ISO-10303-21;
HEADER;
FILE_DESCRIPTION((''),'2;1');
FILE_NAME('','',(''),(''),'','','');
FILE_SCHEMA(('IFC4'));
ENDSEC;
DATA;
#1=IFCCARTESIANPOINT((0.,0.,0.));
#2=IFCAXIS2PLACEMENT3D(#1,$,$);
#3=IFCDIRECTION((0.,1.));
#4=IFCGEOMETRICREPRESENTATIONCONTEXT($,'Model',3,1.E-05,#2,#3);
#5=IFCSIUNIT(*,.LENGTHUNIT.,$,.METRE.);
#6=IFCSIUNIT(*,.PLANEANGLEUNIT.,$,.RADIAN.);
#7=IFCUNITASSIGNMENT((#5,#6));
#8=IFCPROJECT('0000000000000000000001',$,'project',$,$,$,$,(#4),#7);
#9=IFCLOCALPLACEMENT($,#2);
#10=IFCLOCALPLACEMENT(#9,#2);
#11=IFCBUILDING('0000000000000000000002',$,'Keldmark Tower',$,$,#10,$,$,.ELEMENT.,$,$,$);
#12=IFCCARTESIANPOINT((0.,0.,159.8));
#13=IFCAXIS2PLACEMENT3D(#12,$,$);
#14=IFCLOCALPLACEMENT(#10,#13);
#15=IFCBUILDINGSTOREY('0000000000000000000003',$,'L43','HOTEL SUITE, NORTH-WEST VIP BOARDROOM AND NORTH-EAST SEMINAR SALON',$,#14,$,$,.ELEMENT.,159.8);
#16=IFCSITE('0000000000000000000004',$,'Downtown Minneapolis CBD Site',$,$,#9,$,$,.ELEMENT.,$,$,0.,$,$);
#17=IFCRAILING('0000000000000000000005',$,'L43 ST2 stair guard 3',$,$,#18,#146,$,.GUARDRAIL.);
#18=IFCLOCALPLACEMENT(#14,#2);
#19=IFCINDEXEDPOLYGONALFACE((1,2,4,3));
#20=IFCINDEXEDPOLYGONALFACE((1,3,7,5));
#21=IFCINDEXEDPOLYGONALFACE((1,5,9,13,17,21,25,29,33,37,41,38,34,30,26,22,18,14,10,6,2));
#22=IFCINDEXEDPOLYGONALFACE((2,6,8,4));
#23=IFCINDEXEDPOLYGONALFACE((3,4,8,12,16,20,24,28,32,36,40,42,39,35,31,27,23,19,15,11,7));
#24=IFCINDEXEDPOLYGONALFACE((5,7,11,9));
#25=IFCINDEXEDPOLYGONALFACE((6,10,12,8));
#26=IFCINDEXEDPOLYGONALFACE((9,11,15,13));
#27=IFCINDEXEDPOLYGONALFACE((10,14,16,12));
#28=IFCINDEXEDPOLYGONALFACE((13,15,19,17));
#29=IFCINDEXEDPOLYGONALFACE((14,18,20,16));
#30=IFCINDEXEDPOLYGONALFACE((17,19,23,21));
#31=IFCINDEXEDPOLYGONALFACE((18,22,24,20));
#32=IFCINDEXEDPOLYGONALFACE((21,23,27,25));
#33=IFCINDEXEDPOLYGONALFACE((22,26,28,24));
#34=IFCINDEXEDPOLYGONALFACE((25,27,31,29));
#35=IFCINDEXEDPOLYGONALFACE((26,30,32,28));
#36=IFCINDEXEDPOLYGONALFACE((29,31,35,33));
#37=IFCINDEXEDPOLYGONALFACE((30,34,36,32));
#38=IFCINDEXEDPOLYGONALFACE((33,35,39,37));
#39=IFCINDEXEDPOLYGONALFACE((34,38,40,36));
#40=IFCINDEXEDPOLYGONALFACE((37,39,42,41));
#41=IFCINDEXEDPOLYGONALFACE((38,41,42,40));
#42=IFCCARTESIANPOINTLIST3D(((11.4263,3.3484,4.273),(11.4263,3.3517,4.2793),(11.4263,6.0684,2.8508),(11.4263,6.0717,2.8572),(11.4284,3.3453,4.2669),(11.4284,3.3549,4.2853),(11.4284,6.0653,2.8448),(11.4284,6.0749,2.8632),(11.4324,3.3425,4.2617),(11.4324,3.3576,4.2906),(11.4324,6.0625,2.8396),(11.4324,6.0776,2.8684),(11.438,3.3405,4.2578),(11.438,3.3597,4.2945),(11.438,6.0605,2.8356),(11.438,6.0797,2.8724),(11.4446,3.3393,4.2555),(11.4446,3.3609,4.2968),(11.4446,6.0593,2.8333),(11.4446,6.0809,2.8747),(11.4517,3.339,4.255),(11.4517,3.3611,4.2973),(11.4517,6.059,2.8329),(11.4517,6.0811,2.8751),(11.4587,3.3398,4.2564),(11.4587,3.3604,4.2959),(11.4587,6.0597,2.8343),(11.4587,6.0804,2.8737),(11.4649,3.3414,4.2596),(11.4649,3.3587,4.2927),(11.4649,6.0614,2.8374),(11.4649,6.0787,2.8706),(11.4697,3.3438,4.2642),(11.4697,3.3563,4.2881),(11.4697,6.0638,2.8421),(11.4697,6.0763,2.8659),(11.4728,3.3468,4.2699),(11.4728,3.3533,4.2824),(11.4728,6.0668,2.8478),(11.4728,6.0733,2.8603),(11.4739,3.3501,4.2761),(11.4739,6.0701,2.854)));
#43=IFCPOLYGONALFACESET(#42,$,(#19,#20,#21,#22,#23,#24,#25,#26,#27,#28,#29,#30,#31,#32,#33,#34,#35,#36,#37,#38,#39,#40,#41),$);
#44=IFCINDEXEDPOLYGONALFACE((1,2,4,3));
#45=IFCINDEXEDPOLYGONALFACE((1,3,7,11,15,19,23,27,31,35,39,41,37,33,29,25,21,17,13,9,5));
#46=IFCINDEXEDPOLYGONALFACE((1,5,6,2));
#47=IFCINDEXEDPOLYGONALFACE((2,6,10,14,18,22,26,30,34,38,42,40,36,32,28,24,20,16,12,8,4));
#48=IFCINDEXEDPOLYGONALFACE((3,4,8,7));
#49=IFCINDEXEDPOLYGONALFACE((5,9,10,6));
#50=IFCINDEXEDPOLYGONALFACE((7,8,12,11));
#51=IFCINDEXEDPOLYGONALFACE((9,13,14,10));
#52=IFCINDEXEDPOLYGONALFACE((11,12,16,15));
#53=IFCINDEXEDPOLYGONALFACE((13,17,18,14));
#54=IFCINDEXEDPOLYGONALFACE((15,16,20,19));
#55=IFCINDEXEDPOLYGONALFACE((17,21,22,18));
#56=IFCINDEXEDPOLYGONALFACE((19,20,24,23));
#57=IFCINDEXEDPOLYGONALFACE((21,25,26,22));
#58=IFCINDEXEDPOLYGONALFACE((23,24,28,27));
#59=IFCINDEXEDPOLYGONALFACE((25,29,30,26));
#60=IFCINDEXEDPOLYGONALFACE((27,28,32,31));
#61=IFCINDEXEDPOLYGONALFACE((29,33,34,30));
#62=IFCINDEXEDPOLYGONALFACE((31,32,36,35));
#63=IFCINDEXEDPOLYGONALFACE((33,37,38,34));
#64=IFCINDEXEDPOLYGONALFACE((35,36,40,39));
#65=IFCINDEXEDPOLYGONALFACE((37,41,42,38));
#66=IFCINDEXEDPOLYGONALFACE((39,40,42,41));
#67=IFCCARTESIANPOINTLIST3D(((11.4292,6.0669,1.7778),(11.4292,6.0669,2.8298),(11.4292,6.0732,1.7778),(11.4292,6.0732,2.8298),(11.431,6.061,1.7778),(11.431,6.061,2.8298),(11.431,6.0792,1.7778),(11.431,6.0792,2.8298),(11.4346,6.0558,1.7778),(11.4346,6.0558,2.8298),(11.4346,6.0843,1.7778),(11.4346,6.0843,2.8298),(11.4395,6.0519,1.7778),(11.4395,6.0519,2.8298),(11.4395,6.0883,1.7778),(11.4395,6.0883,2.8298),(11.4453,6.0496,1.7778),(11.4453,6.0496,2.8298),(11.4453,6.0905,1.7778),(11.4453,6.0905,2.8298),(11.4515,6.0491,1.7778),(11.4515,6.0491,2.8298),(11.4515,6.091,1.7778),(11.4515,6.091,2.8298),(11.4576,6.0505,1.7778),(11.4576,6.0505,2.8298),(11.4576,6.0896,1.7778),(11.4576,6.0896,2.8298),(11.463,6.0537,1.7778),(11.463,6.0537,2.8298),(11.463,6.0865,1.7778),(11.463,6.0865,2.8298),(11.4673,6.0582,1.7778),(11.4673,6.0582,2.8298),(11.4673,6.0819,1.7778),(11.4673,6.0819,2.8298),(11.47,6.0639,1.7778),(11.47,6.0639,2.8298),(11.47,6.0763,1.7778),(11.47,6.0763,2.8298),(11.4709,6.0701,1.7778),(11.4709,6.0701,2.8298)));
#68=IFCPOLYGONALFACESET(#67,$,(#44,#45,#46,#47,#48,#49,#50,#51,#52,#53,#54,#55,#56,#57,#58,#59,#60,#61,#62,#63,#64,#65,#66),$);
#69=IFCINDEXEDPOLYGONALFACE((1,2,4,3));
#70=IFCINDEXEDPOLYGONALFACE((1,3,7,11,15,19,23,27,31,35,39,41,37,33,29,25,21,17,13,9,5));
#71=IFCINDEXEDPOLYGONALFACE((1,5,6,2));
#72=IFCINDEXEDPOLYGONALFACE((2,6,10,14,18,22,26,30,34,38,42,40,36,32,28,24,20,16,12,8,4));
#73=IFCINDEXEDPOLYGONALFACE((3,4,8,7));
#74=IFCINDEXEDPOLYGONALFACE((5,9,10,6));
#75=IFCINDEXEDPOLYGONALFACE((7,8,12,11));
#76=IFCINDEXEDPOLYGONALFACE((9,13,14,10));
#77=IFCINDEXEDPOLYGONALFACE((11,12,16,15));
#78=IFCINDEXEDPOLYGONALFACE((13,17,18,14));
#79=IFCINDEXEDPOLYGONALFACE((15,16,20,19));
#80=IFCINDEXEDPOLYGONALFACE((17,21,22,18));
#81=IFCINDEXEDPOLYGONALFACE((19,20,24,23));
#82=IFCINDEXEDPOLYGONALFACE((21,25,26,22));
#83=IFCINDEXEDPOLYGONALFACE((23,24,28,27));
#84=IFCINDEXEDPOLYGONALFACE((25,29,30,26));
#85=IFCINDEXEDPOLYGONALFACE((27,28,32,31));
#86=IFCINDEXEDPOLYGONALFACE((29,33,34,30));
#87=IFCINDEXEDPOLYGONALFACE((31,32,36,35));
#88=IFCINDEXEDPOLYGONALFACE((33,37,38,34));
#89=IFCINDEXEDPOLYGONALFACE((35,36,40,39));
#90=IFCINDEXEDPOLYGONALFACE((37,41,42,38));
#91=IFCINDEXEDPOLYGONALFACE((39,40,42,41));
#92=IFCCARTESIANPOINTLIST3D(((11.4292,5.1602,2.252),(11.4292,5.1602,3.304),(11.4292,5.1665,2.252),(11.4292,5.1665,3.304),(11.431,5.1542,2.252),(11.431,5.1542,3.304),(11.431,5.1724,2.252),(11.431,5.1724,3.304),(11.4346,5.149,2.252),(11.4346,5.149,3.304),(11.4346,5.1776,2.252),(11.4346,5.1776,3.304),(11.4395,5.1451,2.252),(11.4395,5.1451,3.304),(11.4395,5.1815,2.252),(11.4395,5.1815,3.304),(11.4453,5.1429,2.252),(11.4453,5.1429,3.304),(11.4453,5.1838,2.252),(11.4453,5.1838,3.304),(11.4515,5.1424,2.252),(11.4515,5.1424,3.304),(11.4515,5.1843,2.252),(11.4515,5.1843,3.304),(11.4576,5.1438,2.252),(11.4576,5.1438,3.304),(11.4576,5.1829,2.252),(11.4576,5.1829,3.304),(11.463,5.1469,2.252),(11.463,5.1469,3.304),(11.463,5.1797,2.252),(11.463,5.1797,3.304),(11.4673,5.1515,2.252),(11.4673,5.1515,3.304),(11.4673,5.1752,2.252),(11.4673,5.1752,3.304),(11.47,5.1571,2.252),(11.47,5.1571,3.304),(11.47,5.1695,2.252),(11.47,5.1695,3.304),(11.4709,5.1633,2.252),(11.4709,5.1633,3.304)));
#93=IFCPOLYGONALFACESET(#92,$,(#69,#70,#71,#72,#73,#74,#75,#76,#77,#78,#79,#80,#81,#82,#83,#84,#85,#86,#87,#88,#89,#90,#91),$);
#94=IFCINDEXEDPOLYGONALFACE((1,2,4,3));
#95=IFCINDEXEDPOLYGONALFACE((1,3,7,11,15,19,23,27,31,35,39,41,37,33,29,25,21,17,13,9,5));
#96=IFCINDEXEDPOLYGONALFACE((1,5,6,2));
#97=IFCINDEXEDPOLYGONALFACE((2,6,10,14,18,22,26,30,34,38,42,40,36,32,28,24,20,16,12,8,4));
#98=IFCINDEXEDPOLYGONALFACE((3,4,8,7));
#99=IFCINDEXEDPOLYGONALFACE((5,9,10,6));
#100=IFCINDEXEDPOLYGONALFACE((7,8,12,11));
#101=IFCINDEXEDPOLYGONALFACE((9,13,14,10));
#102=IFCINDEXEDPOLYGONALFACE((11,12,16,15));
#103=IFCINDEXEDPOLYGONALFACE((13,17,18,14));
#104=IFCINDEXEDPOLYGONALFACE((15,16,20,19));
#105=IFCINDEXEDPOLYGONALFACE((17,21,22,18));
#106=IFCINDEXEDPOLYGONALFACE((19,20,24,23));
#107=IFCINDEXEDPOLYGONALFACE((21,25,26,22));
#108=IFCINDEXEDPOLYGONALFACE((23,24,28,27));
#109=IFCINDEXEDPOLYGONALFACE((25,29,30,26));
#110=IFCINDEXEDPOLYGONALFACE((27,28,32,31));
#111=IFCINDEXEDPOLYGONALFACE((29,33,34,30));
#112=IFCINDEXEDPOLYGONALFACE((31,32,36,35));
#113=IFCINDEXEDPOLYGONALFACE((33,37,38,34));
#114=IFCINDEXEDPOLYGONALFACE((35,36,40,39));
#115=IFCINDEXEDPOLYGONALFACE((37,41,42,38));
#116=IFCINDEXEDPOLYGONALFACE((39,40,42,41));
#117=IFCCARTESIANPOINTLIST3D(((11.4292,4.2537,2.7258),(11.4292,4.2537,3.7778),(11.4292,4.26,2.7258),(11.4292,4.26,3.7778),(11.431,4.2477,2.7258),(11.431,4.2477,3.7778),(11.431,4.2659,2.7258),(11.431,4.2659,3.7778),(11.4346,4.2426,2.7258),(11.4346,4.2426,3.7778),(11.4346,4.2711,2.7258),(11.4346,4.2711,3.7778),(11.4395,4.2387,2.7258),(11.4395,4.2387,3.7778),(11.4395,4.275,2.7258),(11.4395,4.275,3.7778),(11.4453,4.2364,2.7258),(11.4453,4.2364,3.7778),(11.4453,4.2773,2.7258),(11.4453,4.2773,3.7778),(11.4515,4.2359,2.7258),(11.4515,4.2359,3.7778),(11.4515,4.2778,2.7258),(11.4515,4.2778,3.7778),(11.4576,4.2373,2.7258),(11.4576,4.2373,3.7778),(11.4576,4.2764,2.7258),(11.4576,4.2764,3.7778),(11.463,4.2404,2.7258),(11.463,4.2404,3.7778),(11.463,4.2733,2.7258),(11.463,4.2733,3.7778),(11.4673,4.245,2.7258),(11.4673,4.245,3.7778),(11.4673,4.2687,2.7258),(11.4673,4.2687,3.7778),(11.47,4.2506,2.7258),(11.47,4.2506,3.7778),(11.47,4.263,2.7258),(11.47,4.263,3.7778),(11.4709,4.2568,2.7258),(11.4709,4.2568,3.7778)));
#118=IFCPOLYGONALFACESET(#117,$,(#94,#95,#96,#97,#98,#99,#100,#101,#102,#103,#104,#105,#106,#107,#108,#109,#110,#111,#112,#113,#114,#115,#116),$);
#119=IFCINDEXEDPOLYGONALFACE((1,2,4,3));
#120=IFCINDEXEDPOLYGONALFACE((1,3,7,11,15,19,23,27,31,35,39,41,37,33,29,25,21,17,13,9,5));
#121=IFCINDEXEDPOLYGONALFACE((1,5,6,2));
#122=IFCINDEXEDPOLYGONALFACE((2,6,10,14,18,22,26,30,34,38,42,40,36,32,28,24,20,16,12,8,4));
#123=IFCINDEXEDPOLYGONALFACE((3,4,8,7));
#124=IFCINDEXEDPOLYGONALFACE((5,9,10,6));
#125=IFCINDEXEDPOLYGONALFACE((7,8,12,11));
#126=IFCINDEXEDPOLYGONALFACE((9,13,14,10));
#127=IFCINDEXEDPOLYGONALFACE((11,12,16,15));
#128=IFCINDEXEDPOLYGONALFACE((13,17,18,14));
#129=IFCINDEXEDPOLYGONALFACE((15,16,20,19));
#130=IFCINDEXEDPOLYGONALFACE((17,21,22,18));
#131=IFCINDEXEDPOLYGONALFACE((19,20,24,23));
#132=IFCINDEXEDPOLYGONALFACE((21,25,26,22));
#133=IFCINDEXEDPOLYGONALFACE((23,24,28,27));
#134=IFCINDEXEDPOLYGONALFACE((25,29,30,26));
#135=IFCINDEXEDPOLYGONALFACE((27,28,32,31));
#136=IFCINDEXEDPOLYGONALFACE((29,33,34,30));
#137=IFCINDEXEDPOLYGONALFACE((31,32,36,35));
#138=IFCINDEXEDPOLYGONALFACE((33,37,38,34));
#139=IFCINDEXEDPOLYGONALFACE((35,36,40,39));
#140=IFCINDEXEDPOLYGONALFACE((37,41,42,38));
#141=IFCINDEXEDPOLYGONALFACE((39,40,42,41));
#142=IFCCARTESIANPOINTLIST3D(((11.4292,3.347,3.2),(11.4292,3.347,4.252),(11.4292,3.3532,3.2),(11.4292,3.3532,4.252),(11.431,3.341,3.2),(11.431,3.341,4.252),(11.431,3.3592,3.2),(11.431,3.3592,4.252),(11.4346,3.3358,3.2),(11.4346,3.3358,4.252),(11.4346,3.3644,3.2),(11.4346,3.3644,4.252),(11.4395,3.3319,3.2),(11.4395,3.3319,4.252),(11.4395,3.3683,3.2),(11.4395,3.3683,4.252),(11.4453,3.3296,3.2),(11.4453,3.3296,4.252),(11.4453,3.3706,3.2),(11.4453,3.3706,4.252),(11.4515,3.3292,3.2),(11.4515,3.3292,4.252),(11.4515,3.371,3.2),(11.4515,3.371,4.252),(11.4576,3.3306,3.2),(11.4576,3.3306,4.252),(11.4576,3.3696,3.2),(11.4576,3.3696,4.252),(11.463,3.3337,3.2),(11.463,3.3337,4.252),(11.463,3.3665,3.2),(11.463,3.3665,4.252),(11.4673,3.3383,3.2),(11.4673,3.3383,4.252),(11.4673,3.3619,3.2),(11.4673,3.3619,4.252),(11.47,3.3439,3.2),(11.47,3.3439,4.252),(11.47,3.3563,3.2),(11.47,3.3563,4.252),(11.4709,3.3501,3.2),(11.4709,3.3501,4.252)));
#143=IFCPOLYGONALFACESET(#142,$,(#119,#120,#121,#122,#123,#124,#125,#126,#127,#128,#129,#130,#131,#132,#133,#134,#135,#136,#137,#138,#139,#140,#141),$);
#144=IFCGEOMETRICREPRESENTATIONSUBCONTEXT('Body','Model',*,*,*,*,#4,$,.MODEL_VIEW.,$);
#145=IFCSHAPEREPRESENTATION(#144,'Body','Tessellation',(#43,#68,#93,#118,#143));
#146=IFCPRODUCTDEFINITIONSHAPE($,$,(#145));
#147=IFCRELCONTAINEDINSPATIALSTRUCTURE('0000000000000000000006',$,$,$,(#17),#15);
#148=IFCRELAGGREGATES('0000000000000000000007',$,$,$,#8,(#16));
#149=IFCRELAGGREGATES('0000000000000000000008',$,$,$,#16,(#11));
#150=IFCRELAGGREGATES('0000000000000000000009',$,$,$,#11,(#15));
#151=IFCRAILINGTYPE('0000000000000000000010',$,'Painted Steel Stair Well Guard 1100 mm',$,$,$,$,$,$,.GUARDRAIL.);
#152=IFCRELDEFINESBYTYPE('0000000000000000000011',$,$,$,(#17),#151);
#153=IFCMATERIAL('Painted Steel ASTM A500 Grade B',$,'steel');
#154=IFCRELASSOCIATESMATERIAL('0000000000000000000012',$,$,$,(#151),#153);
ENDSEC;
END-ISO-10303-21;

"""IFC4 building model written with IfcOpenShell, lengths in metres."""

from ifc_helpers import new_model, si_unit, direction, frame, origin, origin_2d, place, context, subcontext, project, spatial, circle, extrude, material, type_object, element, save


model = new_model("IFC4")

# Units and contexts
model_context = context("Model", 3, precision=1e-05, world=origin(), true_north=direction((0.0, 1.0)))
body_context = subcontext(model_context, "Body", "Model", "MODEL_VIEW")
ifc_project = project(units=[si_unit("LENGTHUNIT", "METRE"), si_unit("PLANEANGLEUNIT", "RADIAN")], contexts=[model_context])

# Site, building, storey
site_placement = place(None, origin())
site = spatial("IfcSite", under=ifc_project, at=site_placement, Name="Downtown Minneapolis CBD Site", CompositionType="ELEMENT", RefElevation=0.0)
building_placement = place(site_placement, origin())
building = spatial("IfcBuilding", under=site, at=building_placement, Name="Keldmark Tower", CompositionType="ELEMENT")
storey_placement = place(building_placement, frame((0.0, 0.0, 159.8)))
storey = spatial("IfcBuildingStorey", under=building, at=storey_placement, Name="L43", Description="HOTEL SUITE, NORTH-WEST VIP BOARDROOM AND NORTH-EAST SEMINAR SALON", CompositionType="ELEMENT", Elevation=159.8)

# Railing
ifc_material_1 = material(Name="Painted Steel ASTM A500 Grade B", Category="steel")
railing_type_1 = type_object("IfcRailingType", Name="Painted Steel Stair Well Guard 1100 mm", PredefinedType="GUARDRAIL", material=ifc_material_1)
railing_1_placement = place(storey_placement, frame((11.45, 6.0701, 1.7778)))
element("IfcRailing", 1, at=railing_1_placement, inside=storey, type_object=railing_type_1, Name="L43 ST2 stair guard 3", PredefinedType="GUARDRAIL", context=body_context, shape_type="SweptSolid", body=[
    extrude(circle(Radius=0.0239, at=origin_2d()), frame((0.0, 0.0, 1.0762), z_axis=(0.0, -0.886183, 0.463335), x_axis=(1.0, 0.0, 0.0)), (0.0, 0.0, 1.0), 3.0693),
    extrude(circle(Radius=0.021, at=origin_2d()), origin(), (0.0, 0.0, 1.0), 1.052),
    extrude(circle(Radius=0.021, at=origin_2d()), frame((0.0, -0.9067, 0.4741)), (0.0, 0.0, 1.0), 1.052),
    extrude(circle(Radius=0.021, at=origin_2d()), frame((0.0, -1.8132, 0.948)), (0.0, 0.0, 1.0), 1.052),
    extrude(circle(Radius=0.021, at=origin_2d()), frame((0.0, -2.72, 1.4221)), (0.0, 0.0, 1.0), 1.052),
])

save(model, "model.ifc")
